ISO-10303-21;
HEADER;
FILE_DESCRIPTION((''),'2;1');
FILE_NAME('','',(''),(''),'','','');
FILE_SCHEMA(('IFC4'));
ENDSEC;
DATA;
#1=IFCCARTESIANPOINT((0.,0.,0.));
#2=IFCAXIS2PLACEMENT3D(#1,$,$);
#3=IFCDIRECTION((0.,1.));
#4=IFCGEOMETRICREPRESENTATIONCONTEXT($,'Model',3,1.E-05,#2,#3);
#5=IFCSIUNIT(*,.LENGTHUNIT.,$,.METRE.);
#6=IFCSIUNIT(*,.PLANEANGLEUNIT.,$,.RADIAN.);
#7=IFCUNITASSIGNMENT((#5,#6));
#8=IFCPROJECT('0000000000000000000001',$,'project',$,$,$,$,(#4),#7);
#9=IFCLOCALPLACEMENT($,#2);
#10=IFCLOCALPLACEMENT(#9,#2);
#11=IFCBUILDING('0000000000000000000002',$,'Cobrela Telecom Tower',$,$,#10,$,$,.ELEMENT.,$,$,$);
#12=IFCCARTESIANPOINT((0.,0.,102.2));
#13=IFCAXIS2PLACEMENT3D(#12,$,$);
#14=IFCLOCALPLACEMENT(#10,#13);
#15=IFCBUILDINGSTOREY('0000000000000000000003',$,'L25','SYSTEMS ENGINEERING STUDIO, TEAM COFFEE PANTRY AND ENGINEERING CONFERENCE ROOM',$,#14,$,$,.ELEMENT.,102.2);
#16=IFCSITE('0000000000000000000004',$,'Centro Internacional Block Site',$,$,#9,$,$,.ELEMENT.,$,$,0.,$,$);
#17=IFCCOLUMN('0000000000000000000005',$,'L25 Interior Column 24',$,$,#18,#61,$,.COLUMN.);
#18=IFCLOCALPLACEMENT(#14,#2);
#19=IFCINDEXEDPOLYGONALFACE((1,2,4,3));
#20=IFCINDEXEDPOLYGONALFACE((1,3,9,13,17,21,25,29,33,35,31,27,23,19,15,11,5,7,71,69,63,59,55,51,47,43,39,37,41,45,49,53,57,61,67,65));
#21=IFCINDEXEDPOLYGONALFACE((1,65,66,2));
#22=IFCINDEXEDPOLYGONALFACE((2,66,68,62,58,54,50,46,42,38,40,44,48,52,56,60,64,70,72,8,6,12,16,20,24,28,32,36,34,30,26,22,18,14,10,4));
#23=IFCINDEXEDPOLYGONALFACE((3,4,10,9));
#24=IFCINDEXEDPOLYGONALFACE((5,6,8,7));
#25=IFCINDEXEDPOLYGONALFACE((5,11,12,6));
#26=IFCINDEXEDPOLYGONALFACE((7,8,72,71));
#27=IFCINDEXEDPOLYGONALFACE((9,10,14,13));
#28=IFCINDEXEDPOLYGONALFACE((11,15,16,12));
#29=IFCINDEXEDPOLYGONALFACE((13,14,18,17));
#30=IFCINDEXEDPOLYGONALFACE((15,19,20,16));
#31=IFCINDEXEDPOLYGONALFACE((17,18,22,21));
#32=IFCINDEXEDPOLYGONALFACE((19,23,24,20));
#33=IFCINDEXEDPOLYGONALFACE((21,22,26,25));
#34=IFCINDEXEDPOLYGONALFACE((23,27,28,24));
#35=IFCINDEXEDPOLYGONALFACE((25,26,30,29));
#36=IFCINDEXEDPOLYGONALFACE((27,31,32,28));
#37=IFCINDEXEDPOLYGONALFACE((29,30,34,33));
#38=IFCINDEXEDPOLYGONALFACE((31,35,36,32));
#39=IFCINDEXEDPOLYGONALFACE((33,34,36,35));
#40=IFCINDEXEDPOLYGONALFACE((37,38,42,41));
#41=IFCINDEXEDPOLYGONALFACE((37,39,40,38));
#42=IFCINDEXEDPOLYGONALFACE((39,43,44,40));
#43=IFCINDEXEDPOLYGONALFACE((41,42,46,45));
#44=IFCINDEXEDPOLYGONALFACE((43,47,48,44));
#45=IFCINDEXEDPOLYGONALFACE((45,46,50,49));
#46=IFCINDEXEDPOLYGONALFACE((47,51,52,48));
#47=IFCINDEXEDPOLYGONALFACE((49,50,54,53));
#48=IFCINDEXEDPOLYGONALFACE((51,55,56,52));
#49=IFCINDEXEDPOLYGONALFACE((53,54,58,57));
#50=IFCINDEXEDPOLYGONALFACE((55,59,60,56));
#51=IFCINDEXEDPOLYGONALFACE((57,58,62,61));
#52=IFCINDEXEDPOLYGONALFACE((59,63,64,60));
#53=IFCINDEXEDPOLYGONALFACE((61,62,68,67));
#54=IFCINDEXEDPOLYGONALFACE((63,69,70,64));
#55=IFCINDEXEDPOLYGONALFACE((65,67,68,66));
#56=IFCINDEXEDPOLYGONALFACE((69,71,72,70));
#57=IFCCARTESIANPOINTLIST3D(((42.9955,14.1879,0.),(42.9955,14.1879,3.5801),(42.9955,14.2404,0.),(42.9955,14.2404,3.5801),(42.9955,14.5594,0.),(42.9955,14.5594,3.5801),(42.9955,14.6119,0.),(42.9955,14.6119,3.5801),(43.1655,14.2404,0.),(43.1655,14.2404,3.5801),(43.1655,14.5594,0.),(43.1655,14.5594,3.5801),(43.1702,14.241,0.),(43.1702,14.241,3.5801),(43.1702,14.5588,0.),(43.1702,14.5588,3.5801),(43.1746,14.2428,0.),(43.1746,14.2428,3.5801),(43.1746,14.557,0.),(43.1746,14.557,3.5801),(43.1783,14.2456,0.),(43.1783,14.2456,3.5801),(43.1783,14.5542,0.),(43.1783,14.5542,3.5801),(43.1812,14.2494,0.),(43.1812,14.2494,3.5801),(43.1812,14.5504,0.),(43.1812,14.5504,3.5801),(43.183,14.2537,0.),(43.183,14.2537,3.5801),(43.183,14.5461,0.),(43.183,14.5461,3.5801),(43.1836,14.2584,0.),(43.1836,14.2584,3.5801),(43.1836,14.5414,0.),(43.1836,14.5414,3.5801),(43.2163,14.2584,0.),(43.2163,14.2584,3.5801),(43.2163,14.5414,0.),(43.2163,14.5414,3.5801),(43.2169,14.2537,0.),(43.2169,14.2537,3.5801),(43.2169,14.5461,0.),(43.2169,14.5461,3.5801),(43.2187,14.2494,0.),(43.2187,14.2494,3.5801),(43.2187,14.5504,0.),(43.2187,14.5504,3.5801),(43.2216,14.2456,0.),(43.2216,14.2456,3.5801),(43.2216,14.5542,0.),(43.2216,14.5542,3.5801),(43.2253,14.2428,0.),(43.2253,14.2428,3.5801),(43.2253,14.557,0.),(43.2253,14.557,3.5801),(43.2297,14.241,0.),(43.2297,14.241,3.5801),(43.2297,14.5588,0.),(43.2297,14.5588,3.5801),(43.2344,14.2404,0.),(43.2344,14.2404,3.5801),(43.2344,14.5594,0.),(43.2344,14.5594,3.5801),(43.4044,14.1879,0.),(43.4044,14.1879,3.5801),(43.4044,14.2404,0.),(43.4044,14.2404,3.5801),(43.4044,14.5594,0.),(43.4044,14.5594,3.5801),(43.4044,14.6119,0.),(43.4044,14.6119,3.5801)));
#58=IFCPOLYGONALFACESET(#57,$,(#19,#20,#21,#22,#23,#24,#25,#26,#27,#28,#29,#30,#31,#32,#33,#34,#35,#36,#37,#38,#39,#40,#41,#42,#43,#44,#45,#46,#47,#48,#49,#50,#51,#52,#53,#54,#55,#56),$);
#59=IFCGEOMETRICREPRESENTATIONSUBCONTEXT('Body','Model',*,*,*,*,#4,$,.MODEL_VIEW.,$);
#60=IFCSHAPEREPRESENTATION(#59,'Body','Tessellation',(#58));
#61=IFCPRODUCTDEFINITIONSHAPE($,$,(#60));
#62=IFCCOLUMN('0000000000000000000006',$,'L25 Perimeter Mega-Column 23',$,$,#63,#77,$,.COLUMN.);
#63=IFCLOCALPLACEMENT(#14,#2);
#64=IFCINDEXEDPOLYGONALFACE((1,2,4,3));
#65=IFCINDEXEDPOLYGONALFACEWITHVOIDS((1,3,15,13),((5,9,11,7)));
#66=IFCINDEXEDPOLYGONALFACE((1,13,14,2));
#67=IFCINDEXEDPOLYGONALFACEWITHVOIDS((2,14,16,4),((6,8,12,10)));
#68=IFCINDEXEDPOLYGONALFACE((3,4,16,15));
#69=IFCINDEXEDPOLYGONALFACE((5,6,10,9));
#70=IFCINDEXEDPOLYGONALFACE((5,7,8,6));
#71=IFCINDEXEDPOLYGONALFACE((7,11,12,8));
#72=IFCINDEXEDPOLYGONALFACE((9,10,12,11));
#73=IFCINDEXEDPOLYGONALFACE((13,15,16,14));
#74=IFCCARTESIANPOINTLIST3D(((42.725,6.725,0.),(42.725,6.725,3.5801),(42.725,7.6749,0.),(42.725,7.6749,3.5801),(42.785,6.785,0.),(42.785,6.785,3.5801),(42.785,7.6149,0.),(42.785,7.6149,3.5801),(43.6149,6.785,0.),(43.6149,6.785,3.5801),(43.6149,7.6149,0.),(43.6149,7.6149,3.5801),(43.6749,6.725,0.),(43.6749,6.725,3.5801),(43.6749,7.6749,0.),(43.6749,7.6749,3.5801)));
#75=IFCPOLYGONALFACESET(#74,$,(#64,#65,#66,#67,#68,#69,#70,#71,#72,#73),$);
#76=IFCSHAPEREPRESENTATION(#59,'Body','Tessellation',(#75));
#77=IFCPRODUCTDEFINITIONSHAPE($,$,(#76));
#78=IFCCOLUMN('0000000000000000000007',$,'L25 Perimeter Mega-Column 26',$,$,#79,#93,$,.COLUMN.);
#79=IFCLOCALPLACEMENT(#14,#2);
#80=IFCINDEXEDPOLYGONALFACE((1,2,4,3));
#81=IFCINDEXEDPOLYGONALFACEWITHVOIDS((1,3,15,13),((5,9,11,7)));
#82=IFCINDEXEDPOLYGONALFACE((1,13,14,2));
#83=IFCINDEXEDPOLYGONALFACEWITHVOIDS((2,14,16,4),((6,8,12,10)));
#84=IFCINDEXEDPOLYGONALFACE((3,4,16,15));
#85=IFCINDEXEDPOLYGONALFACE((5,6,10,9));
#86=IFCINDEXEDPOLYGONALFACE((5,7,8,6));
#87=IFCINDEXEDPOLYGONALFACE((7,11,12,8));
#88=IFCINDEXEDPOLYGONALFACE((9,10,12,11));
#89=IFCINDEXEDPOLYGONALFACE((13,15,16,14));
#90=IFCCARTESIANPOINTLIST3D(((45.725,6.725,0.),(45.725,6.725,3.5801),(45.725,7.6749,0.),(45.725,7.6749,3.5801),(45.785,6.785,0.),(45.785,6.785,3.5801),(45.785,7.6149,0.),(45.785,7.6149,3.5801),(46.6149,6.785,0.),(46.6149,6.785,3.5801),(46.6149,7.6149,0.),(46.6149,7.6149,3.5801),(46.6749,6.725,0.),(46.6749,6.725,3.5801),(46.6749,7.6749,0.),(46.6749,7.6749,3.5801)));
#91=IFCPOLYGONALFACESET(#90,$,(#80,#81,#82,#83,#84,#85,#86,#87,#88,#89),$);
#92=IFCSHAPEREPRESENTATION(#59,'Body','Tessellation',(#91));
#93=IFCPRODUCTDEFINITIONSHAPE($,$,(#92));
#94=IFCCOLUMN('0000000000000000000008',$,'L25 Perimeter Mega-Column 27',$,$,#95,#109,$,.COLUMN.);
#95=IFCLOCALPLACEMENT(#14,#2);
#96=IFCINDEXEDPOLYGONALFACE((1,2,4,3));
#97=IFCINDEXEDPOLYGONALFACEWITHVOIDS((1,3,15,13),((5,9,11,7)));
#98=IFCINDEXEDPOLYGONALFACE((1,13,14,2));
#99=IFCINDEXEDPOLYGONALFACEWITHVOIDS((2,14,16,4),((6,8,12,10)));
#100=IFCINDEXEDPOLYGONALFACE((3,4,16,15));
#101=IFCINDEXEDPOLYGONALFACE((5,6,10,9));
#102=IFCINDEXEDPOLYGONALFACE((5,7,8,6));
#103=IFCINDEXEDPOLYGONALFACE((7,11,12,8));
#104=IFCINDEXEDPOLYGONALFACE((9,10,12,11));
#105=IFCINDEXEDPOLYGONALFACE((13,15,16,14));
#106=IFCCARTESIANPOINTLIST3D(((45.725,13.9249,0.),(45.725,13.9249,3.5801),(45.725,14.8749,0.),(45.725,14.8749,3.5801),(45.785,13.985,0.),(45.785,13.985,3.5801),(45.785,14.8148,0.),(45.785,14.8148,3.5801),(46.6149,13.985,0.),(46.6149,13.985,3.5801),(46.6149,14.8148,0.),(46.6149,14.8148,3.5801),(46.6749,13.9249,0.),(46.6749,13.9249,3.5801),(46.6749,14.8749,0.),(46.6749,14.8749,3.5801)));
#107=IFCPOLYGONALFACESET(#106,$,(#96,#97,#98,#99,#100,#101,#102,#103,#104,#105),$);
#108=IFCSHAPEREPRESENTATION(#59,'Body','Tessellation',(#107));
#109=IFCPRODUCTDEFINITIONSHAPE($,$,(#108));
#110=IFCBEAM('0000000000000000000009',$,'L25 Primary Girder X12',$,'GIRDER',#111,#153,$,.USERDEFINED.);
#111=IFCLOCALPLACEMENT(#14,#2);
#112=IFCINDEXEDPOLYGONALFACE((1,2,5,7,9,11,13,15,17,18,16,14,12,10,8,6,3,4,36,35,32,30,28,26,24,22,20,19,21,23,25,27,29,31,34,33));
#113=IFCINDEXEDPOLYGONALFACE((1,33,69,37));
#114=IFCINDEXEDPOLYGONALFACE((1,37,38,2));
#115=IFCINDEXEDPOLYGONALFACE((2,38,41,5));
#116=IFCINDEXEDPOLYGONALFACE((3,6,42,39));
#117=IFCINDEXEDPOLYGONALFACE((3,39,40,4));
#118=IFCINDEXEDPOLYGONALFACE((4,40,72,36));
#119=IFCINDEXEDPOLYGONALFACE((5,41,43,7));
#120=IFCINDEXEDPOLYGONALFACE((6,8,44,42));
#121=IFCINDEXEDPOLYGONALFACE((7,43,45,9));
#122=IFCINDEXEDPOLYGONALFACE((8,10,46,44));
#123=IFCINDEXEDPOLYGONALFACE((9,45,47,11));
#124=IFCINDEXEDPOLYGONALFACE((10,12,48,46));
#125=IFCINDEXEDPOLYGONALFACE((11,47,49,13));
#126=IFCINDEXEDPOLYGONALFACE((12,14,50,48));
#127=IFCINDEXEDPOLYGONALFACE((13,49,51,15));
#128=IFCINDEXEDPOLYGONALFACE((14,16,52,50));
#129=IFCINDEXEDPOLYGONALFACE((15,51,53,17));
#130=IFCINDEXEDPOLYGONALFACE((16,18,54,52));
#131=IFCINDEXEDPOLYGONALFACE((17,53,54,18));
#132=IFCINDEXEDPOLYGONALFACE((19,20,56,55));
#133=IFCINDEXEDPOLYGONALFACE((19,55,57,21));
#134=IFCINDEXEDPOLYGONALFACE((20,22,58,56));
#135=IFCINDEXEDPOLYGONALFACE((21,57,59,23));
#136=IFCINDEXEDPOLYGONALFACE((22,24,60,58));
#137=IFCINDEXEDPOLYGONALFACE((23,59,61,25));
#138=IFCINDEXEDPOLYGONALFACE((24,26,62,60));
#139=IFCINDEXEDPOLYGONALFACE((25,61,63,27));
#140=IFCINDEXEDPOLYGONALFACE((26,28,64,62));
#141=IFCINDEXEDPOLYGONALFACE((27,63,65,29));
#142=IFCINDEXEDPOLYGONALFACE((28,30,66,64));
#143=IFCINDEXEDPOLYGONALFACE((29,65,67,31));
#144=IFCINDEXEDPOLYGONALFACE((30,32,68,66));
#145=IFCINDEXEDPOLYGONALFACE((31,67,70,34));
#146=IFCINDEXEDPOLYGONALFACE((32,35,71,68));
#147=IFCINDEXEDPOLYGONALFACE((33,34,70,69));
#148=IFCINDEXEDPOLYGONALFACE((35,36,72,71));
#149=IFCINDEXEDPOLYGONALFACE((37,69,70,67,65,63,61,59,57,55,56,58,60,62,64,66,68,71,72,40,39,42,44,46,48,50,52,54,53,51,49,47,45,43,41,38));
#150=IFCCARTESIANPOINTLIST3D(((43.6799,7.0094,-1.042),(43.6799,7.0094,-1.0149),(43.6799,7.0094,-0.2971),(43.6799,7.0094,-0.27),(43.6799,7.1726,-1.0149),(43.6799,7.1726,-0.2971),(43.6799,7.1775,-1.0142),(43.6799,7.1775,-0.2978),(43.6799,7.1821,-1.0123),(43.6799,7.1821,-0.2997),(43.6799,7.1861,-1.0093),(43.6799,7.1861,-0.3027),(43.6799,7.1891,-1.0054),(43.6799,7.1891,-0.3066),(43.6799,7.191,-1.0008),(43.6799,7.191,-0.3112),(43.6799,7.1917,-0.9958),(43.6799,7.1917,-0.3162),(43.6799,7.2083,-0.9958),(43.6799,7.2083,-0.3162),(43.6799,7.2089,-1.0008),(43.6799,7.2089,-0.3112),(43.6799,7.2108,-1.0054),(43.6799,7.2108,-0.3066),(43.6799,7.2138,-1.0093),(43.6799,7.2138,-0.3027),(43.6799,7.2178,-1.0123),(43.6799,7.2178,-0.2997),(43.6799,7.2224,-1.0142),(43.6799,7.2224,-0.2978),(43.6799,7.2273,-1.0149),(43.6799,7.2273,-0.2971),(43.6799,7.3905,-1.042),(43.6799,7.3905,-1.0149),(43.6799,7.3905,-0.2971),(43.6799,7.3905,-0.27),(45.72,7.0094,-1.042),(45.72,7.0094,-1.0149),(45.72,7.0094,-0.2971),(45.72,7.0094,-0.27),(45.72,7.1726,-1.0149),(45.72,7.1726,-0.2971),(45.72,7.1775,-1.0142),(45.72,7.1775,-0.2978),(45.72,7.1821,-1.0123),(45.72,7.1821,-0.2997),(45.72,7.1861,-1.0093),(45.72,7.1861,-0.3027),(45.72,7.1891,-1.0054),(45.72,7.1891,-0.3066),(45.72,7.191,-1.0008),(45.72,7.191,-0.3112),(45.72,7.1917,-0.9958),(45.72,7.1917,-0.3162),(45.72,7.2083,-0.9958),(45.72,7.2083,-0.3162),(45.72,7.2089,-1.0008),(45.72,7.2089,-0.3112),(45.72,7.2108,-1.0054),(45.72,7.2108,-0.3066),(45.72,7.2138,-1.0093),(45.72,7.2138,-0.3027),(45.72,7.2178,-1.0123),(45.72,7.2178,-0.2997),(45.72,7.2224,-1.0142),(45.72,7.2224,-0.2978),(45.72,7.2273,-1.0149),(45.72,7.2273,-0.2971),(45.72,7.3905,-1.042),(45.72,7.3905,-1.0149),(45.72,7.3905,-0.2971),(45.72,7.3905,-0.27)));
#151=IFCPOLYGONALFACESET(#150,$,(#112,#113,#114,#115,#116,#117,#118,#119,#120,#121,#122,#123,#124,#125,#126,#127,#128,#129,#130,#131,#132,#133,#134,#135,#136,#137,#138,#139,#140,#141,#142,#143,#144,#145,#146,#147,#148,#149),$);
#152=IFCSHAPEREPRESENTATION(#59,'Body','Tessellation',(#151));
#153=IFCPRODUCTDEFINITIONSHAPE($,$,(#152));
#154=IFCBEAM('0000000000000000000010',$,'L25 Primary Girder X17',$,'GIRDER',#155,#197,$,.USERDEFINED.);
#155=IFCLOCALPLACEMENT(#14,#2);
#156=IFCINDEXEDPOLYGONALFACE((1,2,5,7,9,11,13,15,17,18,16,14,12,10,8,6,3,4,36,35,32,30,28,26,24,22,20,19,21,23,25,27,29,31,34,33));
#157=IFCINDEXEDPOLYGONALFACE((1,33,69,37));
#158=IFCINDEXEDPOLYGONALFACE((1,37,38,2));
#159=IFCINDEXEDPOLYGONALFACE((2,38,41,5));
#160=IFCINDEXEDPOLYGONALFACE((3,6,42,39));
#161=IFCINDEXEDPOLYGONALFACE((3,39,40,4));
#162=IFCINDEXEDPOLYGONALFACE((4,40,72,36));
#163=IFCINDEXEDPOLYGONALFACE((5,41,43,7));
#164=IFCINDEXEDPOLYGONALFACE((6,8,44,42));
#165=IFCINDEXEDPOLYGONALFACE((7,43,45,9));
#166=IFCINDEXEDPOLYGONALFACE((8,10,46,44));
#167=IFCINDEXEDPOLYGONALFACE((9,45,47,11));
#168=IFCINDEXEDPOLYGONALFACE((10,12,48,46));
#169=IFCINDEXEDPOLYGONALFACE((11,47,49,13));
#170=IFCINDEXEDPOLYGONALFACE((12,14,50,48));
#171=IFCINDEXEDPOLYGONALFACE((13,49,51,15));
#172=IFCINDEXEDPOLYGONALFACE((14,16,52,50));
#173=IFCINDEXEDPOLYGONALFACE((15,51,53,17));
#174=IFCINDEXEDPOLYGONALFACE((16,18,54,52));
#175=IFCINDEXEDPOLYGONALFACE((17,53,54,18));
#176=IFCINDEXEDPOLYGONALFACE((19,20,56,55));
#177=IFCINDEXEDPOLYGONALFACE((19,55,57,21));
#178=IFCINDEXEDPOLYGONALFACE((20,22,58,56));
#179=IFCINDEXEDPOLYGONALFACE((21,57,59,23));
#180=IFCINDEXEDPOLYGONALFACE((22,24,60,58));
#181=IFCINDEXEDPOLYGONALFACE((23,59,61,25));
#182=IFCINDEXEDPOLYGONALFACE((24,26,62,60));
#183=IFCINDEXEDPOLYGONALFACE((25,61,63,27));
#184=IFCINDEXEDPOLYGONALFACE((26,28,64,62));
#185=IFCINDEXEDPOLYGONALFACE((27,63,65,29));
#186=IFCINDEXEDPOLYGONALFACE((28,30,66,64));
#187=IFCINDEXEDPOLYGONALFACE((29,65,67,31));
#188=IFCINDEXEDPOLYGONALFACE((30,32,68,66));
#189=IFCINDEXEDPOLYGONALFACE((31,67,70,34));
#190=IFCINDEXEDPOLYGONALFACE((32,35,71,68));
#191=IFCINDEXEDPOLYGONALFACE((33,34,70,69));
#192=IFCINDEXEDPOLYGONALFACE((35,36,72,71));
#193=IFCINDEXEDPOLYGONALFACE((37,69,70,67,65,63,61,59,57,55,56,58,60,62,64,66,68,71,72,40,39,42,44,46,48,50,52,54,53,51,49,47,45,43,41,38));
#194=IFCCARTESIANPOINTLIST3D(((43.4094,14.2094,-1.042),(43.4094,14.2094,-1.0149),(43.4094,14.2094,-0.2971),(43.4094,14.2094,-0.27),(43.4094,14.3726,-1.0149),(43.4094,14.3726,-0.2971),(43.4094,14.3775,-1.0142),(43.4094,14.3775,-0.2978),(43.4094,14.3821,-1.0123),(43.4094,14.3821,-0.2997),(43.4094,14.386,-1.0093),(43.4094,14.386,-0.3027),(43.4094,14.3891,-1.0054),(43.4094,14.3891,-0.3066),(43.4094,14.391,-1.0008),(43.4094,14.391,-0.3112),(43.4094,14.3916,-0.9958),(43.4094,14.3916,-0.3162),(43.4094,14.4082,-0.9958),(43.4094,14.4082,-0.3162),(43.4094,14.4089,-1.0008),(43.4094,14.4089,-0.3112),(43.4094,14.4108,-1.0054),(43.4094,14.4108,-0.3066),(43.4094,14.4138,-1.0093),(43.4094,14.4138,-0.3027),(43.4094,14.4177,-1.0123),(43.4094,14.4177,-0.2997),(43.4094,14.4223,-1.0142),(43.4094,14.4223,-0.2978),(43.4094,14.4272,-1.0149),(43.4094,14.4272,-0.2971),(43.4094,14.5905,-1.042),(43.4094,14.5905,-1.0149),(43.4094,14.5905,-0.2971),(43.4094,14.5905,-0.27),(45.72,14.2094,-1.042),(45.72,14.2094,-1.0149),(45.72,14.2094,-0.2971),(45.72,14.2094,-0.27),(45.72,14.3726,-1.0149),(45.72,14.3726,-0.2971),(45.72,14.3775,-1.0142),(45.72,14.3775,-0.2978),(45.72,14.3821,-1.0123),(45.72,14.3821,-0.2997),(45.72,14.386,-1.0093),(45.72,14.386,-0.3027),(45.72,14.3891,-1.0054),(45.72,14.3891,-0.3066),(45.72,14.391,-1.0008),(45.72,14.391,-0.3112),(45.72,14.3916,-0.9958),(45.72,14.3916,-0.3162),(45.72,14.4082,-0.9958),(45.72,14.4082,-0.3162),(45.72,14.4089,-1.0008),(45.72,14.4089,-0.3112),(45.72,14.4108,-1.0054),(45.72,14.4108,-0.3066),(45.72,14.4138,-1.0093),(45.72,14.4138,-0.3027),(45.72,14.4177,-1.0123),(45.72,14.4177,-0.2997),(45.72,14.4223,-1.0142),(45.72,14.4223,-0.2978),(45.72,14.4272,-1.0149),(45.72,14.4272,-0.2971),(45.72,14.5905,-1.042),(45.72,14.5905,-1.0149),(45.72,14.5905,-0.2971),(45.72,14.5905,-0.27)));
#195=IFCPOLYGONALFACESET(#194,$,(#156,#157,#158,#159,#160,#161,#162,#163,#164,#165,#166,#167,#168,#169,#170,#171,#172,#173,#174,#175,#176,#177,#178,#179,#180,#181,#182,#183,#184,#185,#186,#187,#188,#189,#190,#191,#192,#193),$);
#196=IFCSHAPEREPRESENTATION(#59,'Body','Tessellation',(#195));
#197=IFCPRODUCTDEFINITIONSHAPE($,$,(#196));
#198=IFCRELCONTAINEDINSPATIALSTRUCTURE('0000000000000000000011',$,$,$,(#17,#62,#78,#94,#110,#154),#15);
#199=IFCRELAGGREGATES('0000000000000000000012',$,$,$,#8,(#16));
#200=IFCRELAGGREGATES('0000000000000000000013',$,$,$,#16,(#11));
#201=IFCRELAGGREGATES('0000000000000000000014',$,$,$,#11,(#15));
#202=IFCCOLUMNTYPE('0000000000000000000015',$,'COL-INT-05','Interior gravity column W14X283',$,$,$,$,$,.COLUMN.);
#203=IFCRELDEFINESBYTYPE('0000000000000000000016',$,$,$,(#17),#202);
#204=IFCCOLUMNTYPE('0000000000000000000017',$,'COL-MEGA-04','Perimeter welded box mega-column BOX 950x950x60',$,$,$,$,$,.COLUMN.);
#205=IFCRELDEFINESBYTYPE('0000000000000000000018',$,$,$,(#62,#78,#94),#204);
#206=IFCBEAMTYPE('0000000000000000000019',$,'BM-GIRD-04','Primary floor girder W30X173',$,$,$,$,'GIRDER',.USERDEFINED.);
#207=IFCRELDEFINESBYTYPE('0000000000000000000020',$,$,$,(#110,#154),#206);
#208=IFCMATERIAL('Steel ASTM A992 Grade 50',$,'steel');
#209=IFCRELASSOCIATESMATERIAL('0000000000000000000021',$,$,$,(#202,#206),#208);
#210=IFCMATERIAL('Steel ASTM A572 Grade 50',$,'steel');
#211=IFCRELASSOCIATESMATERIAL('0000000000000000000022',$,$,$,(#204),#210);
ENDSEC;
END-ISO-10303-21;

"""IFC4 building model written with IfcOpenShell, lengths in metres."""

from ifc_helpers import new_model, si_unit, direction, frame, origin, origin_2d, place, context, subcontext, project, spatial, hollow_rectangle, i_section, extrude, material, material_profile, profile_set, type_object, element, save


model = new_model("IFC4")

# Units and contexts
model_context = context("Model", 3, precision=1e-05, world=origin(), true_north=direction((0.0, 1.0)))
body_context = subcontext(model_context, "Body", "Model", "MODEL_VIEW")
ifc_project = project(units=[si_unit("LENGTHUNIT", "METRE"), si_unit("PLANEANGLEUNIT", "RADIAN")], contexts=[model_context])

# Site, building, storey
site_placement = place(None, origin())
site = spatial("IfcSite", under=ifc_project, at=site_placement, Name="Centro Internacional Block Site", CompositionType="ELEMENT", RefElevation=0.0)
building_placement = place(site_placement, origin())
building = spatial("IfcBuilding", under=site, at=building_placement, Name="Cobrela Telecom Tower", CompositionType="ELEMENT")
storey_placement = place(building_placement, frame((0.0, 0.0, 102.2)))
storey = spatial("IfcBuildingStorey", under=building, at=storey_placement, Name="L25", Description="SYSTEMS ENGINEERING STUDIO, TEAM COFFEE PANTRY AND ENGINEERING CONFERENCE ROOM", CompositionType="ELEMENT", Elevation=102.2)

# Columns
ifc_material_1 = material(Name="Steel ASTM A992 Grade 50", Category="steel")
ifc_material_profile_1 = material_profile(ifc_material_1, i_section(OverallWidth=0.4089, OverallDepth=0.4241, WebThickness=0.0327, FlangeThickness=0.0525, FilletRadius=0.0181, at=origin_2d()), Name="W14X283")
ifc_profile_set_1 = profile_set([ifc_material_profile_1], Name="Steel ASTM A992 Grade 50")
column_type_1 = type_object("IfcColumnType", Name="COL-INT-05", Description="Interior gravity column W14X283", PredefinedType="COLUMN", material=ifc_profile_set_1)
column_placement = place(storey_placement, frame((43.2, 14.3999, 0.0), z_axis=(0.0, 0.0, 1.0), x_axis=(1.0, 0.0, 0.0)))
element("IfcColumn", 1, at=column_placement, inside=storey, type_object=column_type_1, Name="L25 Interior Column 24", PredefinedType="COLUMN", context=body_context, shape_type="SweptSolid", body=[
    extrude(i_section(OverallWidth=0.4089, OverallDepth=0.4241, WebThickness=0.0327, FlangeThickness=0.0525, FilletRadius=0.0181, at=origin_2d()), origin(), (0.0, 0.0, 1.0), 3.5801),
])
ifc_material_2 = material(Name="Steel ASTM A572 Grade 50", Category="steel")
ifc_material_profile_2 = material_profile(ifc_material_2, hollow_rectangle(XDim=0.95, YDim=0.95, WallThickness=0.0601, at=origin_2d()), Name="BOX 950x950x60")
ifc_profile_set_2 = profile_set([ifc_material_profile_2], Name="Steel ASTM A572 Grade 50")
column_type_2 = type_object("IfcColumnType", Name="COL-MEGA-04", Description="Perimeter welded box mega-column BOX 950x950x60", PredefinedType="COLUMN", material=ifc_profile_set_2)
for number, where, z_axis, x_axis, name in (
    (2, (43.2, 7.2, 0.0), (0.0, 0.0, 1.0), (1.0, 0.0, 0.0), "L25 Perimeter Mega-Column 23"),
    (3, (46.2, 7.2, 0.0), (0.0, 0.0, 1.0), (1.0, 0.0, 0.0), "L25 Perimeter Mega-Column 26"),
    (4, (46.2, 14.3999, 0.0), (0.0, 0.0, 1.0), (1.0, 0.0, 0.0), "L25 Perimeter Mega-Column 27"),
):
    element("IfcColumn", number, at=place(storey_placement, frame(where, z_axis=z_axis, x_axis=x_axis)), inside=storey, type_object=column_type_2, Name=name, PredefinedType="COLUMN", context=body_context, shape_type="SweptSolid", body=[
        extrude(hollow_rectangle(XDim=0.95, YDim=0.95, WallThickness=0.0601, at=origin_2d()), origin(), (0.0, 0.0, 1.0), 3.5801),
    ])

# Beams
ifc_material_profile_3 = material_profile(ifc_material_1, i_section(OverallWidth=0.3811, OverallDepth=0.772, WebThickness=0.0166, FlangeThickness=0.0271, FilletRadius=0.019, at=origin_2d()), Name="W30X173")
ifc_profile_set_3 = profile_set([ifc_material_profile_3], Name="Steel ASTM A992 Grade 50")
beam_type_1 = type_object("IfcBeamType", Name="BM-GIRD-04", Description="Primary floor girder W30X173", ElementType="GIRDER", PredefinedType="USERDEFINED", material=ifc_profile_set_3)
beam_1_placement = place(storey_placement, frame((43.6799, 7.2, -0.656), z_axis=(1.0, 0.0, 0.0), x_axis=(0.0, 1.0, 0.0)))
element("IfcBeam", 5, at=beam_1_placement, inside=storey, type_object=beam_type_1, Name="L25 Primary Girder X12", ObjectType="GIRDER", PredefinedType="USERDEFINED", context=body_context, shape_type="SweptSolid", body=[
    extrude(i_section(OverallWidth=0.3811, OverallDepth=0.772, WebThickness=0.0166, FlangeThickness=0.0271, FilletRadius=0.019, at=origin_2d()), origin(), (0.0, 0.0, 1.0), 2.04),
])
beam_2_placement = place(storey_placement, frame((43.4094, 14.3999, -0.656), z_axis=(1.0, 0.0, 0.0), x_axis=(0.0, 1.0, 0.0)))
element("IfcBeam", 6, at=beam_2_placement, inside=storey, type_object=beam_type_1, Name="L25 Primary Girder X17", ObjectType="GIRDER", PredefinedType="USERDEFINED", context=body_context, shape_type="SweptSolid", body=[
    extrude(i_section(OverallWidth=0.3811, OverallDepth=0.772, WebThickness=0.0166, FlangeThickness=0.0271, FilletRadius=0.019, at=origin_2d()), origin(), (0.0, 0.0, 1.0), 2.3105),
])

save(model, "model.ifc")
